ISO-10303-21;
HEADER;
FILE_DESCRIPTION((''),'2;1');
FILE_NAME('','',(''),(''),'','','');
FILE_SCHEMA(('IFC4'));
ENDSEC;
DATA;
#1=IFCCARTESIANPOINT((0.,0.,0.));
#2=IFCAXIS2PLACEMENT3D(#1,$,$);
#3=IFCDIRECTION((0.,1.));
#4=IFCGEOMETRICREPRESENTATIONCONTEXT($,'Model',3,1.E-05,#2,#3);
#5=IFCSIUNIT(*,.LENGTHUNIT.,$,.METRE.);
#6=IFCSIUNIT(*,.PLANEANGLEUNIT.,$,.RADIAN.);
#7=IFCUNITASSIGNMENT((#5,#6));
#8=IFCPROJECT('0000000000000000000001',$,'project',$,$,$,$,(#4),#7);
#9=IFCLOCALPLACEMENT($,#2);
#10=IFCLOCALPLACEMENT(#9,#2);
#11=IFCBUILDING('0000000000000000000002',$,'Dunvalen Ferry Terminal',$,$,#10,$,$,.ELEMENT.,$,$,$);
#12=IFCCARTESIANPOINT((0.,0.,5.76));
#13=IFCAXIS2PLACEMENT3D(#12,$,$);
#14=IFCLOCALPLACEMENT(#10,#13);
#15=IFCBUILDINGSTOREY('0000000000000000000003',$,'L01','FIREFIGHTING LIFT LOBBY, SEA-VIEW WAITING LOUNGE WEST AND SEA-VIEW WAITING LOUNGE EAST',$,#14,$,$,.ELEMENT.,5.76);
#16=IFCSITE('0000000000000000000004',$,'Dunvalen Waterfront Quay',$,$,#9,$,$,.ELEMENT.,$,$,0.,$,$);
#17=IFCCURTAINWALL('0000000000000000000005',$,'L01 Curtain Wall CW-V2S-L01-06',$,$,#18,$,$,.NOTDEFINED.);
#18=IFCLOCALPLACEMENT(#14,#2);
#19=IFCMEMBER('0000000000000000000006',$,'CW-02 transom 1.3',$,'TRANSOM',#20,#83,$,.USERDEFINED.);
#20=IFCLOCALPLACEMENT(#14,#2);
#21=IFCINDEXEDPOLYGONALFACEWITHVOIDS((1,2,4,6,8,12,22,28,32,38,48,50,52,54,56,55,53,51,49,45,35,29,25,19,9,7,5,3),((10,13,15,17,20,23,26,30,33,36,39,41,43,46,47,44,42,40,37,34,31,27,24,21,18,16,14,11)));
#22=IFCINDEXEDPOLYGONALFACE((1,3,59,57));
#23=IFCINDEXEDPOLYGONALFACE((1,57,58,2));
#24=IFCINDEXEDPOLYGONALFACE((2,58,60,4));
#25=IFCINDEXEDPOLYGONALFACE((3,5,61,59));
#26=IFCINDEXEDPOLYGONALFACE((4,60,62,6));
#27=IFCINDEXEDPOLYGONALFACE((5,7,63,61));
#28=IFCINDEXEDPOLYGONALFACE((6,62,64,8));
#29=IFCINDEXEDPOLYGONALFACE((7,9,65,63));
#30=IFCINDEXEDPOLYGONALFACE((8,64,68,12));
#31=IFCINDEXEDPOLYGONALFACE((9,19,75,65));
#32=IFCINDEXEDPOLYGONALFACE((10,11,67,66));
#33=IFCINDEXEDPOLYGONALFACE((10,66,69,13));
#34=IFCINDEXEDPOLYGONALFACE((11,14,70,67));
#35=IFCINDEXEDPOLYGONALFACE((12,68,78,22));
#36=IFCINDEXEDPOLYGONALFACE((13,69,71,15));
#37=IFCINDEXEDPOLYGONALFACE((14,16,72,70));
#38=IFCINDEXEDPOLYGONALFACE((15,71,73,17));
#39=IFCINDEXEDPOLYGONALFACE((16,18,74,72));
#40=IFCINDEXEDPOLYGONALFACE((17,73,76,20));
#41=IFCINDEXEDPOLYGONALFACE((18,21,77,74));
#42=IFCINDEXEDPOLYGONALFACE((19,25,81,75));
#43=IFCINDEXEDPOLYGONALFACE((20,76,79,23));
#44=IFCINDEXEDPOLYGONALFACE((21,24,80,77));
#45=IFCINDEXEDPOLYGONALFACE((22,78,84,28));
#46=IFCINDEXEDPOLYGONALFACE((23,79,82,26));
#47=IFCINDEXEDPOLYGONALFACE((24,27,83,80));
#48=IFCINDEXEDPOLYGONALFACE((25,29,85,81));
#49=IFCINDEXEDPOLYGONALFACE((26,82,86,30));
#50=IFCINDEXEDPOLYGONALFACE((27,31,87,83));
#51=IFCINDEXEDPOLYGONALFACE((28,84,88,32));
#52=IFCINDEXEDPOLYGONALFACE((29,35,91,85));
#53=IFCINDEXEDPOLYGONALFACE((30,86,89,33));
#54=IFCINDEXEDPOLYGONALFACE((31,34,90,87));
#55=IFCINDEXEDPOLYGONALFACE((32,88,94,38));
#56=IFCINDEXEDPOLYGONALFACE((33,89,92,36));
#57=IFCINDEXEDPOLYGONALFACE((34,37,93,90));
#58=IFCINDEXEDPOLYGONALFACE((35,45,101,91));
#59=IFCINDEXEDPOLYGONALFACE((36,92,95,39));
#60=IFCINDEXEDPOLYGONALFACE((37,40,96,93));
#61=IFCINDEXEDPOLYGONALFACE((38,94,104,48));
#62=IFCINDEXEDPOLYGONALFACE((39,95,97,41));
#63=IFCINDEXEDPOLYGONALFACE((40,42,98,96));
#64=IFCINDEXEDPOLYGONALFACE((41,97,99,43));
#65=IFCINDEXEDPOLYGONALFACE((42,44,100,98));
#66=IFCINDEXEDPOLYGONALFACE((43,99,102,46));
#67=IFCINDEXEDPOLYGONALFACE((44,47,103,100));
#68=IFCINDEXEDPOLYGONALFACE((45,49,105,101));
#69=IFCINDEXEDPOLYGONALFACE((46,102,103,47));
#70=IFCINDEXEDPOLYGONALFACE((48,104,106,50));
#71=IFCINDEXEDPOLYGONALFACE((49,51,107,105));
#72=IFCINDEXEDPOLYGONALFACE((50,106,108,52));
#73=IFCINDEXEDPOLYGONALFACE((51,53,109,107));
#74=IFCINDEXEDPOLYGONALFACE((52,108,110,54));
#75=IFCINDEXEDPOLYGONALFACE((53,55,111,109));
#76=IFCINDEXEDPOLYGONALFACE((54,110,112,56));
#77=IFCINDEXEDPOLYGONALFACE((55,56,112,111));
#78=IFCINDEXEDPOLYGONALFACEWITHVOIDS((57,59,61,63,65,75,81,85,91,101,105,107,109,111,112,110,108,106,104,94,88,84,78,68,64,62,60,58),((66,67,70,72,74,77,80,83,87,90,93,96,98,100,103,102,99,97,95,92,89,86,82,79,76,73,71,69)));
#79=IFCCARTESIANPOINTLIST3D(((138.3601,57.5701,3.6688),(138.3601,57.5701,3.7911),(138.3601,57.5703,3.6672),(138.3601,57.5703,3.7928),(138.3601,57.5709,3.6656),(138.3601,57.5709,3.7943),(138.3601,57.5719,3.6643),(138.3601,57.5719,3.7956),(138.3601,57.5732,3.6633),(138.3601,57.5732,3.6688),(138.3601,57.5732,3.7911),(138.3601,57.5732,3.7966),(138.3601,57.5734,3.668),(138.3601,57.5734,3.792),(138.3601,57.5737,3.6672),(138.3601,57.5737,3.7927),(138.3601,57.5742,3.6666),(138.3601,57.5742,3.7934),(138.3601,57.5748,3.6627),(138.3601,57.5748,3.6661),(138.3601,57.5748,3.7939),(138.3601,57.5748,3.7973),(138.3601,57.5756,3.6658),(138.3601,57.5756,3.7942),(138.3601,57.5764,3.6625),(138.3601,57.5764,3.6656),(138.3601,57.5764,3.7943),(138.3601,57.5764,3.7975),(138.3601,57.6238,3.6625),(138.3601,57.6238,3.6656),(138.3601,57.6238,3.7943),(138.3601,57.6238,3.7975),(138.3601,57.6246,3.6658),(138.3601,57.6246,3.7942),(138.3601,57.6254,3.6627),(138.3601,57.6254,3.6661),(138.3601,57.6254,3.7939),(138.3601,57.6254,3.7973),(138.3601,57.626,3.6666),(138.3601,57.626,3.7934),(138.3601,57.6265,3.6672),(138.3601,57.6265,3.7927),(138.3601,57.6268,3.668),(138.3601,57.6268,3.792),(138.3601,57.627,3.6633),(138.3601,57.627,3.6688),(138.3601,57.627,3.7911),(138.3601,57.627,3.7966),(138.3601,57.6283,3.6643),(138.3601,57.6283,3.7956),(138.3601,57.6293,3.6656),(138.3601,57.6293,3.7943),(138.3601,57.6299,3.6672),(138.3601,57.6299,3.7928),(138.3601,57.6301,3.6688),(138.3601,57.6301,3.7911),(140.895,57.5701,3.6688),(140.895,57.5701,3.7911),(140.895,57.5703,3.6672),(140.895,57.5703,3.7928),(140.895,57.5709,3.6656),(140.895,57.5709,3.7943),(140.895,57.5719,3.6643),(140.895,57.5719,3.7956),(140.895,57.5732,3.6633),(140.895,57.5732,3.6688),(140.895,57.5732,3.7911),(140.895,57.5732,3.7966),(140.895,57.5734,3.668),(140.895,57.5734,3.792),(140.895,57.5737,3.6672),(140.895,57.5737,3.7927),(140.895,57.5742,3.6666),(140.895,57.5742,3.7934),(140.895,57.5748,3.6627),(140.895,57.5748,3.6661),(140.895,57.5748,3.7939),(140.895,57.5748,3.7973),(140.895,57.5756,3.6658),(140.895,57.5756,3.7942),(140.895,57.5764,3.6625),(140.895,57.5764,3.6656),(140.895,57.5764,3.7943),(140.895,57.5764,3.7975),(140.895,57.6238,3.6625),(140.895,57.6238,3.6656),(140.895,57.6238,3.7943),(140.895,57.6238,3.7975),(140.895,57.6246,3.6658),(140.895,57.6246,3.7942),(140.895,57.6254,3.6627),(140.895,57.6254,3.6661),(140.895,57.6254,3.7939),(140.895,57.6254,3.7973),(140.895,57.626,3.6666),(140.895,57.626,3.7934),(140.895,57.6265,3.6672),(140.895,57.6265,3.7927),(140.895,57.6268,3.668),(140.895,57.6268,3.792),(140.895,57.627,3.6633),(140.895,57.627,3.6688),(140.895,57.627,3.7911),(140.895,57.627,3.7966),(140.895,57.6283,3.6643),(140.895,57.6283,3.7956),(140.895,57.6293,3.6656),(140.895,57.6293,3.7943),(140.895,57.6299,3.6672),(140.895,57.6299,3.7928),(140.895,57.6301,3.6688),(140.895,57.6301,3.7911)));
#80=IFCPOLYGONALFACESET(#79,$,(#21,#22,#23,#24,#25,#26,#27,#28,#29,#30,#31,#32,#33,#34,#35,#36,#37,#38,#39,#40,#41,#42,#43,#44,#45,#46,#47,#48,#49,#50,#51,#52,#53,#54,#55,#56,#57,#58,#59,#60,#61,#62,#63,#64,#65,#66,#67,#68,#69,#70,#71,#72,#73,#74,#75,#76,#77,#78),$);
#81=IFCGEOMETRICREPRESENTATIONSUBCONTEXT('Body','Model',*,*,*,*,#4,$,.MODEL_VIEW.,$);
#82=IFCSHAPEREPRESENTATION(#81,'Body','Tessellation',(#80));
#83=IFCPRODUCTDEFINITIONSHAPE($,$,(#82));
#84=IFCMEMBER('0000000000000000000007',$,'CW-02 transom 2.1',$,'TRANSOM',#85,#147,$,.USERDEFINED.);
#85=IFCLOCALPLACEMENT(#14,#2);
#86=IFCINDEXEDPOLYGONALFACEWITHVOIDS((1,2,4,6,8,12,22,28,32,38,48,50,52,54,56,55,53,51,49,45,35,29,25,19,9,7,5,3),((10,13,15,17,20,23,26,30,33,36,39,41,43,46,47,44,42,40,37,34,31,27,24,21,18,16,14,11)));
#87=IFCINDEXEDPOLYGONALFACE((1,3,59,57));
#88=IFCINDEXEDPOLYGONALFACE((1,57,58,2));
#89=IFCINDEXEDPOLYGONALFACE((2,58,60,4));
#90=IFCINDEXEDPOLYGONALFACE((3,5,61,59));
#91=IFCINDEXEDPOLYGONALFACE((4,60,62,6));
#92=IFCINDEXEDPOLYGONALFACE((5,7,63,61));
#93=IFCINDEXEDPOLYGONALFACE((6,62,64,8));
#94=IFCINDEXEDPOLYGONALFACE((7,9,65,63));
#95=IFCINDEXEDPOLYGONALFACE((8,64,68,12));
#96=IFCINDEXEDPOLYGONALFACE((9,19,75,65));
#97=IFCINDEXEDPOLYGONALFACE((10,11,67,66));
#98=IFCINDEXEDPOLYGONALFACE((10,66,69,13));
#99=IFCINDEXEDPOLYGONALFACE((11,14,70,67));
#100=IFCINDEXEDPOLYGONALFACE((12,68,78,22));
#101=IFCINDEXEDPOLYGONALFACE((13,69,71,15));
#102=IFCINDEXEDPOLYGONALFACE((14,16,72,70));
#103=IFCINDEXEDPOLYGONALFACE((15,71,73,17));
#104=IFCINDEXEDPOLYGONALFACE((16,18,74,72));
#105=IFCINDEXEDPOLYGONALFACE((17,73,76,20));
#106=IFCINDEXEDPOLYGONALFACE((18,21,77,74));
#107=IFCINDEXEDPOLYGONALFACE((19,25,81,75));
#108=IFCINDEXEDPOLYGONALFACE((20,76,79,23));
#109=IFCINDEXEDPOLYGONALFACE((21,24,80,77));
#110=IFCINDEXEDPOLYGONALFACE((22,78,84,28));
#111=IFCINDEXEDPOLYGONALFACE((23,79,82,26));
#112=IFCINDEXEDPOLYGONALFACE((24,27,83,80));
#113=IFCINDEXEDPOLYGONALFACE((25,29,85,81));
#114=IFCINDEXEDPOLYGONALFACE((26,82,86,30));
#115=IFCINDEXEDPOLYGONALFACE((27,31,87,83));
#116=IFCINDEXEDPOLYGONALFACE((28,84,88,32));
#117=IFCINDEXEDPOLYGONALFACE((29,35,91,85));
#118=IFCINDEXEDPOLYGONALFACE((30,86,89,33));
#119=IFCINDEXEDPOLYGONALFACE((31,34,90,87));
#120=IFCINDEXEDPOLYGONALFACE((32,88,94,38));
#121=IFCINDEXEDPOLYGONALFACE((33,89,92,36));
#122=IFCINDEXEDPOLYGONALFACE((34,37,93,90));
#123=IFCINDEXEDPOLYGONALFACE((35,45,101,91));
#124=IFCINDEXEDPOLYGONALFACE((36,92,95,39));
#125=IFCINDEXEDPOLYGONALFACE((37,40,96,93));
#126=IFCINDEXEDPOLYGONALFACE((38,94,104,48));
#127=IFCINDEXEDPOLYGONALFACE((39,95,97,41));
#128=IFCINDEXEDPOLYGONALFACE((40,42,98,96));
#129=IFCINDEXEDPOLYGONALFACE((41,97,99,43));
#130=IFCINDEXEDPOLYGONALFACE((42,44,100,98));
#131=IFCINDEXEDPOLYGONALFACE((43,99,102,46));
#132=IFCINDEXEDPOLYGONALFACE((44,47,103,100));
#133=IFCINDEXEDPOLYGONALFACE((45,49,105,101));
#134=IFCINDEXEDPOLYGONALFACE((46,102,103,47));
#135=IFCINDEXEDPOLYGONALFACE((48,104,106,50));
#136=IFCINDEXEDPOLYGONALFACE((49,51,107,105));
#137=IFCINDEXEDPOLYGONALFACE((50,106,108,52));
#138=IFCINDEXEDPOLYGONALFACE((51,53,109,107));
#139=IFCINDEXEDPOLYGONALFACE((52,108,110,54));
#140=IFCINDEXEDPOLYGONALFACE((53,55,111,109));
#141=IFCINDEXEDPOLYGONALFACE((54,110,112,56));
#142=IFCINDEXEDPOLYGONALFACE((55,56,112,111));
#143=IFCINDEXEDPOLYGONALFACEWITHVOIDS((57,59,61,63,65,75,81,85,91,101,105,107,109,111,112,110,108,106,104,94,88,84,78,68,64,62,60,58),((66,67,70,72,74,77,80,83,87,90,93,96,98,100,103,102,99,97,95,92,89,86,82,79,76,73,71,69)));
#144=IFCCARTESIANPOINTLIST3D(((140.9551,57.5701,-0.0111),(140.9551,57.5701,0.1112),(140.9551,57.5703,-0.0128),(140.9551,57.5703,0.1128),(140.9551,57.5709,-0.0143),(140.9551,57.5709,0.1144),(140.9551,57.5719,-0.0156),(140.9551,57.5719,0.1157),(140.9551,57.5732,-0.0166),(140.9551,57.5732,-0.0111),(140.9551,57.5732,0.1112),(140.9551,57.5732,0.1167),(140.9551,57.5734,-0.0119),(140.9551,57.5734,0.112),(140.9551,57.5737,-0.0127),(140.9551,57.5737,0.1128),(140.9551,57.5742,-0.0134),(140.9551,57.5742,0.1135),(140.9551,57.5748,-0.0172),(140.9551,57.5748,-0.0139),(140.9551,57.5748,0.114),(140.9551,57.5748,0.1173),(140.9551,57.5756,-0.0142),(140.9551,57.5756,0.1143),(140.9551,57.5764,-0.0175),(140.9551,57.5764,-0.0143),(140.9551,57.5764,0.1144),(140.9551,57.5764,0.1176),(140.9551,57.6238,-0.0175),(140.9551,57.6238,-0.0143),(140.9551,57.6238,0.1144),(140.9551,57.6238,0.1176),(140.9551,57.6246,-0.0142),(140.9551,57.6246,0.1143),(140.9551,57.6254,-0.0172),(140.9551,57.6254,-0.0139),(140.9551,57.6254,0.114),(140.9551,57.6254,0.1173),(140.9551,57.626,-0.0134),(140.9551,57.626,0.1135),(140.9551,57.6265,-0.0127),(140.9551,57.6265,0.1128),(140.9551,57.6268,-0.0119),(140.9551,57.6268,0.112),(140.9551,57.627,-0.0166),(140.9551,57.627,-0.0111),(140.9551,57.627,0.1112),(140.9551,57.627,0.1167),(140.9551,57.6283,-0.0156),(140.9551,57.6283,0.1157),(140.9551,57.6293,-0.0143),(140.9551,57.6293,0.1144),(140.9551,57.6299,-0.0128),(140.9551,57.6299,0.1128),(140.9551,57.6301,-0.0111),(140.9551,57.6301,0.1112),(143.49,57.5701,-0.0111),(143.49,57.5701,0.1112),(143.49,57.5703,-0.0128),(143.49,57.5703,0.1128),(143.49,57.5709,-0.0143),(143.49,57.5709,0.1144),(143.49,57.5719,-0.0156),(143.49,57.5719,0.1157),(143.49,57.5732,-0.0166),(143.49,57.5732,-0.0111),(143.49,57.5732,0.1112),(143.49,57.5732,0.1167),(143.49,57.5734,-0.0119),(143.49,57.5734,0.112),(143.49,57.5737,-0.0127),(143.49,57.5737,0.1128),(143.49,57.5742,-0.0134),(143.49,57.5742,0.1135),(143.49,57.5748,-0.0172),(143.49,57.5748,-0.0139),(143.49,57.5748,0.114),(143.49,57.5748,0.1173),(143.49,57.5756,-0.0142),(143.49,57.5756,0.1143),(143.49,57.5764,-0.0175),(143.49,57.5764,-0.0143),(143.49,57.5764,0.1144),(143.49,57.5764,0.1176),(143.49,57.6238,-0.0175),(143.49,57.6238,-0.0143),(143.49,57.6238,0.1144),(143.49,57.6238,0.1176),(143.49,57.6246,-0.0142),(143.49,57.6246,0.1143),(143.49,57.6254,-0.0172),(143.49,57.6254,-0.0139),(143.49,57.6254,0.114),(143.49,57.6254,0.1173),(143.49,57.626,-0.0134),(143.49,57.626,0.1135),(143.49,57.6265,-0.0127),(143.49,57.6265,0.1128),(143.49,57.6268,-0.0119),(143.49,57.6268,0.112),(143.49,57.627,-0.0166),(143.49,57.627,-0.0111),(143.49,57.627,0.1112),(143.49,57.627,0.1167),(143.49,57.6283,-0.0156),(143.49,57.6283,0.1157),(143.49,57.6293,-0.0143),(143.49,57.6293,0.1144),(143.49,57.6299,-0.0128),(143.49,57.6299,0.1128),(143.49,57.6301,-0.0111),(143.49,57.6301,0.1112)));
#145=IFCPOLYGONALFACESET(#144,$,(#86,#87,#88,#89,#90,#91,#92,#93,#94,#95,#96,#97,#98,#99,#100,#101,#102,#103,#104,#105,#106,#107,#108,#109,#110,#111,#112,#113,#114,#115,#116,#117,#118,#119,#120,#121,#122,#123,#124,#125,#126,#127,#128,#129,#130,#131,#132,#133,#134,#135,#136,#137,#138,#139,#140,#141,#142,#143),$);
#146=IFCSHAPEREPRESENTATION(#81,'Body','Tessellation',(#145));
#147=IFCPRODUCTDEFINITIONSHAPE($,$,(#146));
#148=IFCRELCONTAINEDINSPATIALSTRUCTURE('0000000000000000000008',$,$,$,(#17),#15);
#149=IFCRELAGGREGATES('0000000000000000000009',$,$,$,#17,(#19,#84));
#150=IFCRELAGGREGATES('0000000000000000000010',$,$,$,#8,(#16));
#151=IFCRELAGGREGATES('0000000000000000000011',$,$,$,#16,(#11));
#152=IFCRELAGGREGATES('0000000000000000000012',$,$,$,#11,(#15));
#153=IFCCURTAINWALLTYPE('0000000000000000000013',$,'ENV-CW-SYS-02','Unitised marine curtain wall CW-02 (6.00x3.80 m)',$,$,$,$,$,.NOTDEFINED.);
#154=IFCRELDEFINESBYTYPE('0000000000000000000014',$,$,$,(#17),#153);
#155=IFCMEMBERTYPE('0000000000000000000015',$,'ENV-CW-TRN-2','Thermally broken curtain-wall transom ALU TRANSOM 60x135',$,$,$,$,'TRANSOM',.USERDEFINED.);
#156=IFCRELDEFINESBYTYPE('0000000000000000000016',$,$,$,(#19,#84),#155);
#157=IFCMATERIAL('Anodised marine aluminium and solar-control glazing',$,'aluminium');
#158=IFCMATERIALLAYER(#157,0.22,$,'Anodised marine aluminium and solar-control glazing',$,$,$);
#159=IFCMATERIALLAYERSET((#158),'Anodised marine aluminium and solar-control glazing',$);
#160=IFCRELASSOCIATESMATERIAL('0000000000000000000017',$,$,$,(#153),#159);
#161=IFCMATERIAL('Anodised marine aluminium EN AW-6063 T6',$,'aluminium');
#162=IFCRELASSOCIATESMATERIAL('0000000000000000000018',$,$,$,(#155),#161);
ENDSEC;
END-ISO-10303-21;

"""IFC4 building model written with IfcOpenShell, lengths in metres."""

from ifc_helpers import new_model, si_unit, direction, frame, origin, origin_2d, place, context, subcontext, project, spatial, hollow_rectangle, extrude, material, layer, layer_set, material_profile, profile_set, type_object, element, aggregate, save


model = new_model("IFC4")

# Units and contexts
model_context = context("Model", 3, precision=1e-05, world=origin(), true_north=direction((0.0, 1.0)))
body_context = subcontext(model_context, "Body", "Model", "MODEL_VIEW")
ifc_project = project(units=[si_unit("LENGTHUNIT", "METRE"), si_unit("PLANEANGLEUNIT", "RADIAN")], contexts=[model_context])

# Site, building, storey
site_placement = place(None, origin())
site = spatial("IfcSite", under=ifc_project, at=site_placement, Name="Dunvalen Waterfront Quay", CompositionType="ELEMENT", RefElevation=0.0)
building_placement = place(site_placement, origin())
building = spatial("IfcBuilding", under=site, at=building_placement, Name="Dunvalen Ferry Terminal", CompositionType="ELEMENT")
storey_placement = place(building_placement, frame((0.0, 0.0, 5.76)))
storey = spatial("IfcBuildingStorey", under=building, at=storey_placement, Name="L01", Description="FIREFIGHTING LIFT LOBBY, SEA-VIEW WAITING LOUNGE WEST AND SEA-VIEW WAITING LOUNGE EAST", CompositionType="ELEMENT", Elevation=5.76)

# Shared definitions
ifc_material_1 = material(Name="Anodised marine aluminium and solar-control glazing", Category="aluminium")
ifc_layer_1 = layer(ifc_material_1, 0.22, Name="Anodised marine aluminium and solar-control glazing")
ifc_layer_set_1 = layer_set([ifc_layer_1], Name="Anodised marine aluminium and solar-control glazing")
curtain_wall_type = type_object("IfcCurtainWallType", Name="ENV-CW-SYS-02", Description="Unitised marine curtain wall CW-02 (6.00x3.80 m)", PredefinedType="NOTDEFINED", material=ifc_layer_set_1)
ifc_material_2 = material(Name="Anodised marine aluminium EN AW-6063 T6", Category="aluminium")

# Curtain wall
curtain_wall_1_placement = place(storey_placement, origin())
curtain_wall_1 = element("IfcCurtainWall", 1, at=curtain_wall_1_placement, inside=storey, type_object=curtain_wall_type, Name="L01 Curtain Wall CW-V2S-L01-06", PredefinedType="NOTDEFINED")

# Members
ifc_material_profile_1 = material_profile(ifc_material_2, hollow_rectangle(XDim=0.0601, YDim=0.135, WallThickness=0.0032, InnerFilletRadius=0.0032, OuterFilletRadius=0.0063, at=origin_2d()), Name="Anodised marine aluminium EN AW-6063 T6")
ifc_profile_set_1 = profile_set([ifc_material_profile_1], Name="Anodised marine aluminium EN AW-6063 T6")
member_type_1 = type_object("IfcMemberType", Name="ENV-CW-TRN-2", Description="Thermally broken curtain-wall transom ALU TRANSOM 60x135", ElementType="TRANSOM", PredefinedType="USERDEFINED", material=ifc_profile_set_1)
member_1_placement = place(storey_placement, frame((138.3601, 57.6001, 3.73), z_axis=(1.0, 0.0, 0.0), x_axis=(0.0, 1.0, 0.0)))
member_1 = element("IfcMember", 2, at=member_1_placement, type_object=member_type_1, Name="CW-02 transom 1.3", ObjectType="TRANSOM", PredefinedType="USERDEFINED", context=body_context, shape_type="SweptSolid", body=[
    extrude(hollow_rectangle(XDim=0.0601, YDim=0.135, WallThickness=0.0032, InnerFilletRadius=0.0032, OuterFilletRadius=0.0063, at=origin_2d()), origin(), (0.0, 0.0, 1.0), 2.5349),
])
member_2_placement = place(storey_placement, frame((140.9551, 57.6001, 0.05), z_axis=(1.0, 0.0, 0.0), x_axis=(0.0, 1.0, 0.0)))
member_2 = element("IfcMember", 3, at=member_2_placement, type_object=member_type_1, Name="CW-02 transom 2.1", ObjectType="TRANSOM", PredefinedType="USERDEFINED", context=body_context, shape_type="SweptSolid", body=[
    extrude(hollow_rectangle(XDim=0.0601, YDim=0.135, WallThickness=0.0032, InnerFilletRadius=0.0032, OuterFilletRadius=0.0063, at=origin_2d()), origin(), (0.0, 0.0, 1.0), 2.5349),
])

aggregate(curtain_wall_1, [member_1, member_2])

save(model, "model.ifc")
